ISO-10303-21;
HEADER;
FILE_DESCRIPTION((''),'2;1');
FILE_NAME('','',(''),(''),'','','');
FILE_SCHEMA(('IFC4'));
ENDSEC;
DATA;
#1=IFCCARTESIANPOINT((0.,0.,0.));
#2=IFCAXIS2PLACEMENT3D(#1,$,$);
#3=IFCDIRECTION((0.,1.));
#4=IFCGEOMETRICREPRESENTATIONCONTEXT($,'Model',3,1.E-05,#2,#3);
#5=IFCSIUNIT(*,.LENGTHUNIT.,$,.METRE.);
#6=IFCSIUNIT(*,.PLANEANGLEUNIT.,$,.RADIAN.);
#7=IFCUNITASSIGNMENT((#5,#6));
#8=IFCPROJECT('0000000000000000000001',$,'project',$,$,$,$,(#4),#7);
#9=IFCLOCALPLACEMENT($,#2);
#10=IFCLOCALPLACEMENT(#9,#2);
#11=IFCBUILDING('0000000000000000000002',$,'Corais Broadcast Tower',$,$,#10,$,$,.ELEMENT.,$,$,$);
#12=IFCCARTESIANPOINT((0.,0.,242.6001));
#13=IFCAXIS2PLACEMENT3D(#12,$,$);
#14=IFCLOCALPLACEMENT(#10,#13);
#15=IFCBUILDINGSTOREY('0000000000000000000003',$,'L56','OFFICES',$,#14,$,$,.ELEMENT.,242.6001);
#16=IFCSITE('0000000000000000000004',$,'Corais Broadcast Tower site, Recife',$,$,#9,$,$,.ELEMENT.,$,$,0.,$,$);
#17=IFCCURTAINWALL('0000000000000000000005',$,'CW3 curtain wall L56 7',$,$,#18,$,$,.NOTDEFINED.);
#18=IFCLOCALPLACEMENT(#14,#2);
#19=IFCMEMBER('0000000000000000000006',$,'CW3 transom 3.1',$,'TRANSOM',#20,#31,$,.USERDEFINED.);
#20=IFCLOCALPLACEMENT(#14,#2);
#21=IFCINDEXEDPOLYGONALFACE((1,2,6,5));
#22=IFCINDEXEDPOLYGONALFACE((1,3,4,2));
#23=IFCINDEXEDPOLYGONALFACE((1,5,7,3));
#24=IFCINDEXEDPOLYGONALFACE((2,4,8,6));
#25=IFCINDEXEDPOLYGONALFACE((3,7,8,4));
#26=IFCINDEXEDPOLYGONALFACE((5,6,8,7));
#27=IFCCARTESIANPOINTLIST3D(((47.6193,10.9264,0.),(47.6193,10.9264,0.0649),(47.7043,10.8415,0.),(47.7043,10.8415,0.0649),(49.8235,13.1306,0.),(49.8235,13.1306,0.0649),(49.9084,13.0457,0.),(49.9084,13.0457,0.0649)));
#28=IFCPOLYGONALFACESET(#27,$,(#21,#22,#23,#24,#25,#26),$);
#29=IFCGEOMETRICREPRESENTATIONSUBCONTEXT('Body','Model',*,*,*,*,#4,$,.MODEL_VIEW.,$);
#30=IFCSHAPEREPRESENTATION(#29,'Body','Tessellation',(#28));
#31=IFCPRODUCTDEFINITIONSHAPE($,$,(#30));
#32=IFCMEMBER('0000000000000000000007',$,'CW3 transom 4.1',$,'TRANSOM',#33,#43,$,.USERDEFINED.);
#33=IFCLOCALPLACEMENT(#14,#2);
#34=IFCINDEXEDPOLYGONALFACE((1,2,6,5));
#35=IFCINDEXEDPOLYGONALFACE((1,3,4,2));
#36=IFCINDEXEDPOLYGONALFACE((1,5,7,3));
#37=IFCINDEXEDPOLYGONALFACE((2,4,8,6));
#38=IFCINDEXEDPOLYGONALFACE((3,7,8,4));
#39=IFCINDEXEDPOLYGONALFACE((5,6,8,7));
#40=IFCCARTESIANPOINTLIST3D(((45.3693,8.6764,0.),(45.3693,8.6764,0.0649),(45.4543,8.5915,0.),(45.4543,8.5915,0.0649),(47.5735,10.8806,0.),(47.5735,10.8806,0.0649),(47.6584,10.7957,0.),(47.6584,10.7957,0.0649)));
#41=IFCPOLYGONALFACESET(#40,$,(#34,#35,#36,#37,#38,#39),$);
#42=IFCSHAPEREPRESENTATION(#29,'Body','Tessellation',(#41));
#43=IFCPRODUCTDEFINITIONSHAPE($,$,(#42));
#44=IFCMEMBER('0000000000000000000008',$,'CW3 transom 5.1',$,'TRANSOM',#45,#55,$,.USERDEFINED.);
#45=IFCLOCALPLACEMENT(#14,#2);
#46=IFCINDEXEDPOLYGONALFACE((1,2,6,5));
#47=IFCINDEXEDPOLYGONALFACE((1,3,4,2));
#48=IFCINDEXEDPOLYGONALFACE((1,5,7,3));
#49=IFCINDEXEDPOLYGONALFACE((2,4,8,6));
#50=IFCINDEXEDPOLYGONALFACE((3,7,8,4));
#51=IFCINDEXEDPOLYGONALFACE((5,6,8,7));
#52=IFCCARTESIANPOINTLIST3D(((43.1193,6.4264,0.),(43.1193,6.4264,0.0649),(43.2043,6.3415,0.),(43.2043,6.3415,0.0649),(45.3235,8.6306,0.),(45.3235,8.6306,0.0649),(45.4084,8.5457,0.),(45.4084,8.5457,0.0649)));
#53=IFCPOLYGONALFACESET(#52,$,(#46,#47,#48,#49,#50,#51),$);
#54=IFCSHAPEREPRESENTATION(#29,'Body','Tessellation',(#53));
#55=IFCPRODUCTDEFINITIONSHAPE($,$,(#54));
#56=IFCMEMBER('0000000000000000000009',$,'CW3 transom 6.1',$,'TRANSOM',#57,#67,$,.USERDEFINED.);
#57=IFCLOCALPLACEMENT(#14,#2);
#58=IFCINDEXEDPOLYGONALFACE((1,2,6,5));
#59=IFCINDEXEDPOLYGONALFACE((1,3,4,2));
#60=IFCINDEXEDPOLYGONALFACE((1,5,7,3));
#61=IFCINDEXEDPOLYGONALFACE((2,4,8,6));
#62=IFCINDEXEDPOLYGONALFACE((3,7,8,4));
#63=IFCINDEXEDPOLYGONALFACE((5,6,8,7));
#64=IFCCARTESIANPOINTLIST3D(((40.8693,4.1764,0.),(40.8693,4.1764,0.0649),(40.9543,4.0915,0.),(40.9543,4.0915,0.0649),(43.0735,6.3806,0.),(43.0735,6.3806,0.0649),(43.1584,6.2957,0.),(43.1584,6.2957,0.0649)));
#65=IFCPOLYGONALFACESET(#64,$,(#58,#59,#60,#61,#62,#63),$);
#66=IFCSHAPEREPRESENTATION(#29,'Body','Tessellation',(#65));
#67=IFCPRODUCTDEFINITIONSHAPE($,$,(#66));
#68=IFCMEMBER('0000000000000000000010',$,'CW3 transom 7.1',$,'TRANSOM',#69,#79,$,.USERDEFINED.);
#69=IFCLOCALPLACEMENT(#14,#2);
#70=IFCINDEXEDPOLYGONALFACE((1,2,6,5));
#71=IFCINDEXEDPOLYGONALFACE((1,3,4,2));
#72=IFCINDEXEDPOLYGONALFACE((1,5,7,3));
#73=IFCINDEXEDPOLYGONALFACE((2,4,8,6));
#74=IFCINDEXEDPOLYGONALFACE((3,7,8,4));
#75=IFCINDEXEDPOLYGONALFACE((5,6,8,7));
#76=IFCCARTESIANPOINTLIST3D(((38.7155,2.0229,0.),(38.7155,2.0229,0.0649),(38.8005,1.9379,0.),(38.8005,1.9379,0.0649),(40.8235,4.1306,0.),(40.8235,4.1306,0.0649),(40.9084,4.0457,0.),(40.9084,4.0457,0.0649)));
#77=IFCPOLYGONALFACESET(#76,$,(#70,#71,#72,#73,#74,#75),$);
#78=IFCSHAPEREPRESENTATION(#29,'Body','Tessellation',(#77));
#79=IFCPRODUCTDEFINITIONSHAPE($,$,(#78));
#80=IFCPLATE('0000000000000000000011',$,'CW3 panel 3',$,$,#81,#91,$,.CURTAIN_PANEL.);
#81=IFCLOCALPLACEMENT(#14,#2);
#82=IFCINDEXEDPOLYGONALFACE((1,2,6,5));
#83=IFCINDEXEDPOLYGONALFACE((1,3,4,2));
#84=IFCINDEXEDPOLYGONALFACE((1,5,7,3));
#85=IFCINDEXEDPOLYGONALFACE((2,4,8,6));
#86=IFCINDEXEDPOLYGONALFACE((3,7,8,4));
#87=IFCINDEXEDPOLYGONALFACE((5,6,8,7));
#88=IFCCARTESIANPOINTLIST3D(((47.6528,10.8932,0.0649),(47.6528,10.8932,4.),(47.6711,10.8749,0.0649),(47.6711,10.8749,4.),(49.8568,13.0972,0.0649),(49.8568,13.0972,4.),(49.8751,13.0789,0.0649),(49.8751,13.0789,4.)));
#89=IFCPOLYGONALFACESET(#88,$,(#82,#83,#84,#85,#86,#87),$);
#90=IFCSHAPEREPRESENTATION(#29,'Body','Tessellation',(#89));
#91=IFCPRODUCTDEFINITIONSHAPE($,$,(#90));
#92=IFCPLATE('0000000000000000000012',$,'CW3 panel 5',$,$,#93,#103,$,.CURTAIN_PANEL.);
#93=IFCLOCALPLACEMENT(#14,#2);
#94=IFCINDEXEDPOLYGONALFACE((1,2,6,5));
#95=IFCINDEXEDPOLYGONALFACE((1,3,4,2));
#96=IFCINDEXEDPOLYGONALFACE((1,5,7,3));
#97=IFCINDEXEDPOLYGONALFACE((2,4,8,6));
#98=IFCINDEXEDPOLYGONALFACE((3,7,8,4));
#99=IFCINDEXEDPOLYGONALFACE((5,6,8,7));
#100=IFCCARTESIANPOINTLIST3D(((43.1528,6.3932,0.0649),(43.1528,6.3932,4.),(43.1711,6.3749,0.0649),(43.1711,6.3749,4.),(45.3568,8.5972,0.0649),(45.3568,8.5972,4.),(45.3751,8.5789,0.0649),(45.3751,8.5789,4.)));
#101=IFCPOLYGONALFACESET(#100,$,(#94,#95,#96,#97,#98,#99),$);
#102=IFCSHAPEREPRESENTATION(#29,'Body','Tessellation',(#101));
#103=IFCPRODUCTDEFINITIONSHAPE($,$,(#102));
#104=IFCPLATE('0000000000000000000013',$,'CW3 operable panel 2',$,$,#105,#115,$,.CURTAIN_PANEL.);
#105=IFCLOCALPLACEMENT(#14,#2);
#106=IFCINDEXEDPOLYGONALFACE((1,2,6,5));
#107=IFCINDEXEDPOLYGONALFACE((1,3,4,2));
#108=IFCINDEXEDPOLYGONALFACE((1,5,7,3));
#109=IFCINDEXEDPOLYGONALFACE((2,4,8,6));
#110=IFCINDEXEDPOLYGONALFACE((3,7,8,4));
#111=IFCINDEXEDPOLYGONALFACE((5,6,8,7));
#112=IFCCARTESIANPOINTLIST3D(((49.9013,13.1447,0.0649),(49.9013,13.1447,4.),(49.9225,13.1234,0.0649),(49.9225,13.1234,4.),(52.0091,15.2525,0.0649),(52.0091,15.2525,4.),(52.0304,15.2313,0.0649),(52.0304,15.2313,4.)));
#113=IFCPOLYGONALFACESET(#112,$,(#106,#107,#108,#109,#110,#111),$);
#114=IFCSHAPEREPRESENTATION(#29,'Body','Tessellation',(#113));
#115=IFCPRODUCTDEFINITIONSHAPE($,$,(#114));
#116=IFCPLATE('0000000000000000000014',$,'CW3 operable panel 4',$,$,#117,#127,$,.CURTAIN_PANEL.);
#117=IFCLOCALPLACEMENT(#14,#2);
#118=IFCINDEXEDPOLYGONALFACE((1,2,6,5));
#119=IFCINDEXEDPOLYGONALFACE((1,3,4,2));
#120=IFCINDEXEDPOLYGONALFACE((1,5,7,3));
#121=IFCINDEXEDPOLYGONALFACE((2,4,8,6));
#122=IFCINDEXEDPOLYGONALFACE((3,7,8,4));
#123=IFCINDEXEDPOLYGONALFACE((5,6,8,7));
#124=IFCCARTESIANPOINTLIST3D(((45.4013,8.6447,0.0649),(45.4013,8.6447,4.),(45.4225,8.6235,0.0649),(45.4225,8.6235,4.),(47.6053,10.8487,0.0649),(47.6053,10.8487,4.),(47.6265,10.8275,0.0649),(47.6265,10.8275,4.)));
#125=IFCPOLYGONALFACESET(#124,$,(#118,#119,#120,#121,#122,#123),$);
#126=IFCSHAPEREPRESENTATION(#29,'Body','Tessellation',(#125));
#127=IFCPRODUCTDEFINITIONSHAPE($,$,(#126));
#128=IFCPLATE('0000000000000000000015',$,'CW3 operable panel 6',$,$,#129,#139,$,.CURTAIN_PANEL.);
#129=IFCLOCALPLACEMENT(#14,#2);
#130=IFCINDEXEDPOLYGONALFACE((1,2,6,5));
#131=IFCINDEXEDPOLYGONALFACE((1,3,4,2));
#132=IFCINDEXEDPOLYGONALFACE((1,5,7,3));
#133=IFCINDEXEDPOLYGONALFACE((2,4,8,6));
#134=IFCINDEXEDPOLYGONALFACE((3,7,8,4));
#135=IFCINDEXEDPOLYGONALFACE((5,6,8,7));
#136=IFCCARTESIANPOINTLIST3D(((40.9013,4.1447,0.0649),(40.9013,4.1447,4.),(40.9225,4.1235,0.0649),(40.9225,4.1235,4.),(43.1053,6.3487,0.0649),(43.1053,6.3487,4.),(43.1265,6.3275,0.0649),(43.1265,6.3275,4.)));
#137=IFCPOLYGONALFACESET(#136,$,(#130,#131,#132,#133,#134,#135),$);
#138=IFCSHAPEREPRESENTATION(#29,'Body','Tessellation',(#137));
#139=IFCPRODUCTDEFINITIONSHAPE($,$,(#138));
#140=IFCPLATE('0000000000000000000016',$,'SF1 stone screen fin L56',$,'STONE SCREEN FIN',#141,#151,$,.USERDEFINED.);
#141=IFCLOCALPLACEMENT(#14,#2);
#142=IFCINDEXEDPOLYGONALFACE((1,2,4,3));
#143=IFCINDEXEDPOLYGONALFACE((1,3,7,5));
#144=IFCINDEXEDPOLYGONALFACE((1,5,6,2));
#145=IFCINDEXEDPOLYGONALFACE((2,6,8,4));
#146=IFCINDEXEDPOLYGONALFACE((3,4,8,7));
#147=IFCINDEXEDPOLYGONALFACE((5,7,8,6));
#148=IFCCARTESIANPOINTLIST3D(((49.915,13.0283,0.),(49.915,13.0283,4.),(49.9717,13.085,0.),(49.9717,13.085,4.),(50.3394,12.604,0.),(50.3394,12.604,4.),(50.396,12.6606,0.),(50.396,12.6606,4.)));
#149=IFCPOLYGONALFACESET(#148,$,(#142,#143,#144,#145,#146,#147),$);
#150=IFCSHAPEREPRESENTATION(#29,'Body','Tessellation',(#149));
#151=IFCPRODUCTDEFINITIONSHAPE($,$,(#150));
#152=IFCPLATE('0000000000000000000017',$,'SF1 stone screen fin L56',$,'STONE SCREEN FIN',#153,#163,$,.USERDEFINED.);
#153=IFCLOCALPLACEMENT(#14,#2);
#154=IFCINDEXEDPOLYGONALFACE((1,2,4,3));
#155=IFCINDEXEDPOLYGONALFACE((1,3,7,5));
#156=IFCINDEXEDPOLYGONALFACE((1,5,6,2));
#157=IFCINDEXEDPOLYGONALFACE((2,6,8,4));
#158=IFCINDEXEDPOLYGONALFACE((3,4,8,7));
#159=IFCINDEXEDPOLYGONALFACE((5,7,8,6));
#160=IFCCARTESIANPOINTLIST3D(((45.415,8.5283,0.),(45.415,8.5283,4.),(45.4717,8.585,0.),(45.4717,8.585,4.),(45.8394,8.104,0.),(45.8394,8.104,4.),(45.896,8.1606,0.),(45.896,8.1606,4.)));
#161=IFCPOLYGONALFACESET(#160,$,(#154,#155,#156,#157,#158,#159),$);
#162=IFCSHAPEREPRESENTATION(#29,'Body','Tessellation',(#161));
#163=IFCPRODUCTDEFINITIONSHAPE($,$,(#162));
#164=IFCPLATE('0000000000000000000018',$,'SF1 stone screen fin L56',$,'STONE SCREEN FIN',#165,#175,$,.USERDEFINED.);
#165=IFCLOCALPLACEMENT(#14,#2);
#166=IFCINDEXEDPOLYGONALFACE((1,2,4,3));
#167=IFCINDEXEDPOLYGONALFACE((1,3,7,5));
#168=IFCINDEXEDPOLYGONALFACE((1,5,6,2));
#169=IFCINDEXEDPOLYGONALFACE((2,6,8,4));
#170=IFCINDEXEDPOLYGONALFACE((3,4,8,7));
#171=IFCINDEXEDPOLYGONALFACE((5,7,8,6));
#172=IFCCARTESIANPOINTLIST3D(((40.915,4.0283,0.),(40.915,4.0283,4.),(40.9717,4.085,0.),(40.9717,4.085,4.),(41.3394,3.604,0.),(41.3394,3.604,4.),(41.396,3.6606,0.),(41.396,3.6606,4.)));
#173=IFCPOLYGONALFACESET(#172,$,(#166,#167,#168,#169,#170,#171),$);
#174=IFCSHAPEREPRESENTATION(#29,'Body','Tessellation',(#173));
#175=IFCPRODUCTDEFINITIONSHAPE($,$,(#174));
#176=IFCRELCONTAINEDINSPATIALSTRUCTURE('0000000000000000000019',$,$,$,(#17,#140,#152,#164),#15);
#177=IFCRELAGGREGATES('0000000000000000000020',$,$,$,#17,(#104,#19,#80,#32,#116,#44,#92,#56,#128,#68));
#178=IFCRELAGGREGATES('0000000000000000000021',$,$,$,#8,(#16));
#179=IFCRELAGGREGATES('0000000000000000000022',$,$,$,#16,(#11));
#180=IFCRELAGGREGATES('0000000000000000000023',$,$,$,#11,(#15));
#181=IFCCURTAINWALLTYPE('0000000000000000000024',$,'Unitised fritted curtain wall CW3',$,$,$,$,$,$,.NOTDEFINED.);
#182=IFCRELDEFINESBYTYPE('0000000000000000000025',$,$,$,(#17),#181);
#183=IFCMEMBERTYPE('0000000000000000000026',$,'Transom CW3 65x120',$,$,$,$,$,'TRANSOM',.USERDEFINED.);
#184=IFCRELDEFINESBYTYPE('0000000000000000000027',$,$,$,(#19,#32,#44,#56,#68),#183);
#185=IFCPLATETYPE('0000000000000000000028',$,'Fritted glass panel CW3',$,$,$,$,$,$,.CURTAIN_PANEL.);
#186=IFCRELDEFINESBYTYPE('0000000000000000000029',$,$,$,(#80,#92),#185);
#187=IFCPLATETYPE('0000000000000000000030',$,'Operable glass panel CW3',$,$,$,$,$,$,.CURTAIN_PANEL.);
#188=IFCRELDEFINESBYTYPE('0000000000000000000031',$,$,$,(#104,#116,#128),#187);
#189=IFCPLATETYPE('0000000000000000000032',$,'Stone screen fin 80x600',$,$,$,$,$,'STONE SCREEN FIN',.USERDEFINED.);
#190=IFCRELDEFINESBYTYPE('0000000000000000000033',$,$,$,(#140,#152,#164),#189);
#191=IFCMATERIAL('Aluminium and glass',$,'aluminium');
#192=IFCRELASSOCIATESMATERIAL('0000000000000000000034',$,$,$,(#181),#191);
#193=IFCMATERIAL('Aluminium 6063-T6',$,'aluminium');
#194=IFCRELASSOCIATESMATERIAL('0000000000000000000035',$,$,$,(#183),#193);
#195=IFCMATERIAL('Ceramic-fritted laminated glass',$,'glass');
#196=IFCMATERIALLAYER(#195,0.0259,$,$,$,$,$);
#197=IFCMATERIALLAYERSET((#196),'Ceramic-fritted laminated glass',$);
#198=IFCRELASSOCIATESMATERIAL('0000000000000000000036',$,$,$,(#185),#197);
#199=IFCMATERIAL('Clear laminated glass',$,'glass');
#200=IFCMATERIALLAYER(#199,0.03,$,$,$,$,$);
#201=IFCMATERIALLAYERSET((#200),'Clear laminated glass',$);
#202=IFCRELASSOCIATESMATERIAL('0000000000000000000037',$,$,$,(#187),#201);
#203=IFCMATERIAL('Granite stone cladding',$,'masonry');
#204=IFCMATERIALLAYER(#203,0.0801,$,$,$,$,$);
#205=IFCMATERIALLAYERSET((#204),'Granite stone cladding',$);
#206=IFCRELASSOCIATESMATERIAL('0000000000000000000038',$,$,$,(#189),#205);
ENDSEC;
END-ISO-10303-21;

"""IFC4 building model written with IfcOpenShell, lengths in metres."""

from ifc_helpers import new_model, si_unit, direction, frame, origin, origin_2d, place, context, subcontext, project, spatial, rectangle, extrude, material, layer, layer_set, material_profile, profile_set, type_object, element, aggregate, save


model = new_model("IFC4")

# Units and contexts
model_context = context("Model", 3, precision=1e-05, world=origin(), true_north=direction((0.0, 1.0)))
body_context = subcontext(model_context, "Body", "Model", "MODEL_VIEW")
ifc_project = project(units=[si_unit("LENGTHUNIT", "METRE"), si_unit("PLANEANGLEUNIT", "RADIAN")], contexts=[model_context])

# Site, building, storey
site_placement = place(None, origin())
site = spatial("IfcSite", under=ifc_project, at=site_placement, Name="Corais Broadcast Tower site, Recife", CompositionType="ELEMENT", RefElevation=0.0)
building_placement = place(site_placement, origin())
building = spatial("IfcBuilding", under=site, at=building_placement, Name="Corais Broadcast Tower", CompositionType="ELEMENT")
storey_placement = place(building_placement, frame((0.0, 0.0, 242.6001)))
storey = spatial("IfcBuildingStorey", under=building, at=storey_placement, Name="L56", Description="OFFICES", CompositionType="ELEMENT", Elevation=242.6001)

# Curtain wall
ifc_material_1 = material(Name="Aluminium and glass", Category="aluminium")
curtain_wall_type = type_object("IfcCurtainWallType", Name="Unitised fritted curtain wall CW3", PredefinedType="NOTDEFINED", material=ifc_material_1)
curtain_wall_placement = place(storey_placement, origin())
curtain_wall = element("IfcCurtainWall", 1, at=curtain_wall_placement, inside=storey, type_object=curtain_wall_type, Name="CW3 curtain wall L56 7", PredefinedType="NOTDEFINED")

# Members
ifc_material_2 = material(Name="Aluminium 6063-T6", Category="aluminium")
ifc_material_profile_1 = material_profile(ifc_material_2, rectangle(XDim=0.1201, YDim=0.0649, at=origin_2d()), Name="Transom CW3 65x120")
ifc_profile_set_1 = profile_set([ifc_material_profile_1], Name="Aluminium 6063-T6")
member_type_1 = type_object("IfcMemberType", Name="Transom CW3 65x120", ElementType="TRANSOM", PredefinedType="USERDEFINED", material=ifc_profile_set_1)
member_1_placement = place(storey_placement, frame((49.866, 13.0881, 0.0325), z_axis=(-0.707107, -0.707107, 0.0), x_axis=(0.707107, -0.707107, 0.0)))
member_1 = element("IfcMember", 2, at=member_1_placement, type_object=member_type_1, Name="CW3 transom 3.1", ObjectType="TRANSOM", PredefinedType="USERDEFINED", context=body_context, shape_type="SweptSolid", body=[
    extrude(rectangle(XDim=0.1201, YDim=0.0649, at=origin_2d()), origin(), (0.0, 0.0, 1.0), 3.1172),
])
member_2_placement = place(storey_placement, frame((47.616, 10.8381, 0.0325), z_axis=(-0.707107, -0.707107, 0.0), x_axis=(0.707107, -0.707107, 0.0)))
member_2 = element("IfcMember", 3, at=member_2_placement, type_object=member_type_1, Name="CW3 transom 4.1", ObjectType="TRANSOM", PredefinedType="USERDEFINED", context=body_context, shape_type="SweptSolid", body=[
    extrude(rectangle(XDim=0.1201, YDim=0.0649, at=origin_2d()), origin(), (0.0, 0.0, 1.0), 3.1172),
])
member_3_placement = place(storey_placement, frame((45.366, 8.5881, 0.0325), z_axis=(-0.707107, -0.707107, 0.0), x_axis=(0.707107, -0.707107, 0.0)))
member_3 = element("IfcMember", 4, at=member_3_placement, type_object=member_type_1, Name="CW3 transom 5.1", ObjectType="TRANSOM", PredefinedType="USERDEFINED", context=body_context, shape_type="SweptSolid", body=[
    extrude(rectangle(XDim=0.1201, YDim=0.0649, at=origin_2d()), origin(), (0.0, 0.0, 1.0), 3.1172),
])
member_4_placement = place(storey_placement, frame((43.116, 6.3381, 0.0325), z_axis=(-0.707107, -0.707107, 0.0), x_axis=(0.707107, -0.707107, 0.0)))
member_4 = element("IfcMember", 5, at=member_4_placement, type_object=member_type_1, Name="CW3 transom 6.1", ObjectType="TRANSOM", PredefinedType="USERDEFINED", context=body_context, shape_type="SweptSolid", body=[
    extrude(rectangle(XDim=0.1201, YDim=0.0649, at=origin_2d()), origin(), (0.0, 0.0, 1.0), 3.1172),
])
member_5_placement = place(storey_placement, frame((40.866, 4.0881, 0.0325), z_axis=(-0.707148, -0.707066, 0.0), x_axis=(0.707066, -0.707148, 0.0)))
member_5 = element("IfcMember", 6, at=member_5_placement, type_object=member_type_1, Name="CW3 transom 7.1", ObjectType="TRANSOM", PredefinedType="USERDEFINED", context=body_context, shape_type="SweptSolid", body=[
    extrude(rectangle(XDim=0.1201, YDim=0.0649, at=origin_2d()), origin(), (0.0, 0.0, 1.0), 2.981),
])

# Plates
ifc_material_3 = material(Name="Ceramic-fritted laminated glass", Category="glass")
ifc_layer_1 = layer(ifc_material_3, 0.0259)
ifc_layer_set_1 = layer_set([ifc_layer_1], Name="Ceramic-fritted laminated glass")
plate_type_1 = type_object("IfcPlateType", Name="Fritted glass panel CW3", PredefinedType="CURTAIN_PANEL", material=ifc_layer_set_1)
plate_1_placement = place(storey_placement, frame((48.7639, 11.9861, 0.0649), z_axis=(0.0, 0.0, 1.0), x_axis=(-0.707107, -0.707107, 0.0)))
plate_1 = element("IfcPlate", 7, at=plate_1_placement, type_object=plate_type_1, Name="CW3 panel 3", PredefinedType="CURTAIN_PANEL", context=body_context, shape_type="SweptSolid", body=[
    extrude(rectangle(XDim=3.1169, YDim=0.0259, at=origin_2d()), origin(), (0.0, 0.0, 1.0), 3.9351),
])
plate_2_placement = place(storey_placement, frame((44.2639, 7.4861, 0.0649), z_axis=(0.0, 0.0, 1.0), x_axis=(-0.707107, -0.707107, 0.0)))
plate_2 = element("IfcPlate", 8, at=plate_2_placement, type_object=plate_type_1, Name="CW3 panel 5", PredefinedType="CURTAIN_PANEL", context=body_context, shape_type="SweptSolid", body=[
    extrude(rectangle(XDim=3.1169, YDim=0.0259, at=origin_2d()), origin(), (0.0, 0.0, 1.0), 3.9351),
])
ifc_material_4 = material(Name="Clear laminated glass", Category="glass")
ifc_layer_2 = layer(ifc_material_4, 0.03)
ifc_layer_set_2 = layer_set([ifc_layer_2], Name="Clear laminated glass")
plate_type_2 = type_object("IfcPlateType", Name="Operable glass panel CW3", PredefinedType="CURTAIN_PANEL", material=ifc_layer_set_2)
plate_3_placement = place(storey_placement, frame((50.9658, 14.188, 0.0649), z_axis=(0.0, 0.0, 1.0), x_axis=(-0.707107, -0.707107, 0.0)))
plate_3 = element("IfcPlate", 9, at=plate_3_placement, type_object=plate_type_2, Name="CW3 operable panel 2", PredefinedType="CURTAIN_PANEL", context=body_context, shape_type="SweptSolid", body=[
    extrude(rectangle(XDim=2.981, YDim=0.03, at=origin_2d()), origin(), (0.0, 0.0, 1.0), 3.9351),
])
plate_4_placement = place(storey_placement, frame((46.5139, 9.7361, 0.0649), z_axis=(0.0, 0.0, 1.0), x_axis=(-0.707107, -0.707107, 0.0)))
plate_4 = element("IfcPlate", 10, at=plate_4_placement, type_object=plate_type_2, Name="CW3 operable panel 4", PredefinedType="CURTAIN_PANEL", context=body_context, shape_type="SweptSolid", body=[
    extrude(rectangle(XDim=3.1169, YDim=0.03, at=origin_2d()), origin(), (0.0, 0.0, 1.0), 3.9351),
])
plate_5_placement = place(storey_placement, frame((42.0139, 5.2361, 0.0649), z_axis=(0.0, 0.0, 1.0), x_axis=(-0.707107, -0.707107, 0.0)))
plate_5 = element("IfcPlate", 11, at=plate_5_placement, type_object=plate_type_2, Name="CW3 operable panel 6", PredefinedType="CURTAIN_PANEL", context=body_context, shape_type="SweptSolid", body=[
    extrude(rectangle(XDim=3.1169, YDim=0.03, at=origin_2d()), origin(), (0.0, 0.0, 1.0), 3.9351),
])
aggregate(curtain_wall, [plate_3, member_1, plate_1, member_2, plate_4, member_3, plate_2, member_4, plate_5, member_5])

# Plates
ifc_material_5 = material(Name="Granite stone cladding", Category="masonry")
ifc_layer_3 = layer(ifc_material_5, 0.0801)
ifc_layer_set_3 = layer_set([ifc_layer_3], Name="Granite stone cladding")
plate_type_3 = type_object("IfcPlateType", Name="Stone screen fin 80x600", ElementType="STONE SCREEN FIN", PredefinedType="USERDEFINED", material=ifc_layer_set_3)
for number, where, z_axis, x_axis, name in (
    (12, (50.1555, 12.8445, 0.0), (0.0, 0.0, 1.0), (-0.707107, -0.707107, 0.0), "SF1 stone screen fin L56"),
    (13, (45.6555, 8.3445, 0.0), (0.0, 0.0, 1.0), (-0.707107, -0.707107, 0.0), "SF1 stone screen fin L56"),
    (14, (41.1555, 3.8445, 0.0), (0.0, 0.0, 1.0), (-0.707107, -0.707107, 0.0), "SF1 stone screen fin L56"),
):
    element("IfcPlate", number, at=place(storey_placement, frame(where, z_axis=z_axis, x_axis=x_axis)), inside=storey, type_object=plate_type_3, Name=name, ObjectType="STONE SCREEN FIN", PredefinedType="USERDEFINED", context=body_context, shape_type="SweptSolid", body=[
        extrude(rectangle(XDim=0.0801, YDim=0.6001, at=origin_2d()), origin(), (0.0, 0.0, 1.0), 4.0),
    ])

save(model, "model.ifc")
